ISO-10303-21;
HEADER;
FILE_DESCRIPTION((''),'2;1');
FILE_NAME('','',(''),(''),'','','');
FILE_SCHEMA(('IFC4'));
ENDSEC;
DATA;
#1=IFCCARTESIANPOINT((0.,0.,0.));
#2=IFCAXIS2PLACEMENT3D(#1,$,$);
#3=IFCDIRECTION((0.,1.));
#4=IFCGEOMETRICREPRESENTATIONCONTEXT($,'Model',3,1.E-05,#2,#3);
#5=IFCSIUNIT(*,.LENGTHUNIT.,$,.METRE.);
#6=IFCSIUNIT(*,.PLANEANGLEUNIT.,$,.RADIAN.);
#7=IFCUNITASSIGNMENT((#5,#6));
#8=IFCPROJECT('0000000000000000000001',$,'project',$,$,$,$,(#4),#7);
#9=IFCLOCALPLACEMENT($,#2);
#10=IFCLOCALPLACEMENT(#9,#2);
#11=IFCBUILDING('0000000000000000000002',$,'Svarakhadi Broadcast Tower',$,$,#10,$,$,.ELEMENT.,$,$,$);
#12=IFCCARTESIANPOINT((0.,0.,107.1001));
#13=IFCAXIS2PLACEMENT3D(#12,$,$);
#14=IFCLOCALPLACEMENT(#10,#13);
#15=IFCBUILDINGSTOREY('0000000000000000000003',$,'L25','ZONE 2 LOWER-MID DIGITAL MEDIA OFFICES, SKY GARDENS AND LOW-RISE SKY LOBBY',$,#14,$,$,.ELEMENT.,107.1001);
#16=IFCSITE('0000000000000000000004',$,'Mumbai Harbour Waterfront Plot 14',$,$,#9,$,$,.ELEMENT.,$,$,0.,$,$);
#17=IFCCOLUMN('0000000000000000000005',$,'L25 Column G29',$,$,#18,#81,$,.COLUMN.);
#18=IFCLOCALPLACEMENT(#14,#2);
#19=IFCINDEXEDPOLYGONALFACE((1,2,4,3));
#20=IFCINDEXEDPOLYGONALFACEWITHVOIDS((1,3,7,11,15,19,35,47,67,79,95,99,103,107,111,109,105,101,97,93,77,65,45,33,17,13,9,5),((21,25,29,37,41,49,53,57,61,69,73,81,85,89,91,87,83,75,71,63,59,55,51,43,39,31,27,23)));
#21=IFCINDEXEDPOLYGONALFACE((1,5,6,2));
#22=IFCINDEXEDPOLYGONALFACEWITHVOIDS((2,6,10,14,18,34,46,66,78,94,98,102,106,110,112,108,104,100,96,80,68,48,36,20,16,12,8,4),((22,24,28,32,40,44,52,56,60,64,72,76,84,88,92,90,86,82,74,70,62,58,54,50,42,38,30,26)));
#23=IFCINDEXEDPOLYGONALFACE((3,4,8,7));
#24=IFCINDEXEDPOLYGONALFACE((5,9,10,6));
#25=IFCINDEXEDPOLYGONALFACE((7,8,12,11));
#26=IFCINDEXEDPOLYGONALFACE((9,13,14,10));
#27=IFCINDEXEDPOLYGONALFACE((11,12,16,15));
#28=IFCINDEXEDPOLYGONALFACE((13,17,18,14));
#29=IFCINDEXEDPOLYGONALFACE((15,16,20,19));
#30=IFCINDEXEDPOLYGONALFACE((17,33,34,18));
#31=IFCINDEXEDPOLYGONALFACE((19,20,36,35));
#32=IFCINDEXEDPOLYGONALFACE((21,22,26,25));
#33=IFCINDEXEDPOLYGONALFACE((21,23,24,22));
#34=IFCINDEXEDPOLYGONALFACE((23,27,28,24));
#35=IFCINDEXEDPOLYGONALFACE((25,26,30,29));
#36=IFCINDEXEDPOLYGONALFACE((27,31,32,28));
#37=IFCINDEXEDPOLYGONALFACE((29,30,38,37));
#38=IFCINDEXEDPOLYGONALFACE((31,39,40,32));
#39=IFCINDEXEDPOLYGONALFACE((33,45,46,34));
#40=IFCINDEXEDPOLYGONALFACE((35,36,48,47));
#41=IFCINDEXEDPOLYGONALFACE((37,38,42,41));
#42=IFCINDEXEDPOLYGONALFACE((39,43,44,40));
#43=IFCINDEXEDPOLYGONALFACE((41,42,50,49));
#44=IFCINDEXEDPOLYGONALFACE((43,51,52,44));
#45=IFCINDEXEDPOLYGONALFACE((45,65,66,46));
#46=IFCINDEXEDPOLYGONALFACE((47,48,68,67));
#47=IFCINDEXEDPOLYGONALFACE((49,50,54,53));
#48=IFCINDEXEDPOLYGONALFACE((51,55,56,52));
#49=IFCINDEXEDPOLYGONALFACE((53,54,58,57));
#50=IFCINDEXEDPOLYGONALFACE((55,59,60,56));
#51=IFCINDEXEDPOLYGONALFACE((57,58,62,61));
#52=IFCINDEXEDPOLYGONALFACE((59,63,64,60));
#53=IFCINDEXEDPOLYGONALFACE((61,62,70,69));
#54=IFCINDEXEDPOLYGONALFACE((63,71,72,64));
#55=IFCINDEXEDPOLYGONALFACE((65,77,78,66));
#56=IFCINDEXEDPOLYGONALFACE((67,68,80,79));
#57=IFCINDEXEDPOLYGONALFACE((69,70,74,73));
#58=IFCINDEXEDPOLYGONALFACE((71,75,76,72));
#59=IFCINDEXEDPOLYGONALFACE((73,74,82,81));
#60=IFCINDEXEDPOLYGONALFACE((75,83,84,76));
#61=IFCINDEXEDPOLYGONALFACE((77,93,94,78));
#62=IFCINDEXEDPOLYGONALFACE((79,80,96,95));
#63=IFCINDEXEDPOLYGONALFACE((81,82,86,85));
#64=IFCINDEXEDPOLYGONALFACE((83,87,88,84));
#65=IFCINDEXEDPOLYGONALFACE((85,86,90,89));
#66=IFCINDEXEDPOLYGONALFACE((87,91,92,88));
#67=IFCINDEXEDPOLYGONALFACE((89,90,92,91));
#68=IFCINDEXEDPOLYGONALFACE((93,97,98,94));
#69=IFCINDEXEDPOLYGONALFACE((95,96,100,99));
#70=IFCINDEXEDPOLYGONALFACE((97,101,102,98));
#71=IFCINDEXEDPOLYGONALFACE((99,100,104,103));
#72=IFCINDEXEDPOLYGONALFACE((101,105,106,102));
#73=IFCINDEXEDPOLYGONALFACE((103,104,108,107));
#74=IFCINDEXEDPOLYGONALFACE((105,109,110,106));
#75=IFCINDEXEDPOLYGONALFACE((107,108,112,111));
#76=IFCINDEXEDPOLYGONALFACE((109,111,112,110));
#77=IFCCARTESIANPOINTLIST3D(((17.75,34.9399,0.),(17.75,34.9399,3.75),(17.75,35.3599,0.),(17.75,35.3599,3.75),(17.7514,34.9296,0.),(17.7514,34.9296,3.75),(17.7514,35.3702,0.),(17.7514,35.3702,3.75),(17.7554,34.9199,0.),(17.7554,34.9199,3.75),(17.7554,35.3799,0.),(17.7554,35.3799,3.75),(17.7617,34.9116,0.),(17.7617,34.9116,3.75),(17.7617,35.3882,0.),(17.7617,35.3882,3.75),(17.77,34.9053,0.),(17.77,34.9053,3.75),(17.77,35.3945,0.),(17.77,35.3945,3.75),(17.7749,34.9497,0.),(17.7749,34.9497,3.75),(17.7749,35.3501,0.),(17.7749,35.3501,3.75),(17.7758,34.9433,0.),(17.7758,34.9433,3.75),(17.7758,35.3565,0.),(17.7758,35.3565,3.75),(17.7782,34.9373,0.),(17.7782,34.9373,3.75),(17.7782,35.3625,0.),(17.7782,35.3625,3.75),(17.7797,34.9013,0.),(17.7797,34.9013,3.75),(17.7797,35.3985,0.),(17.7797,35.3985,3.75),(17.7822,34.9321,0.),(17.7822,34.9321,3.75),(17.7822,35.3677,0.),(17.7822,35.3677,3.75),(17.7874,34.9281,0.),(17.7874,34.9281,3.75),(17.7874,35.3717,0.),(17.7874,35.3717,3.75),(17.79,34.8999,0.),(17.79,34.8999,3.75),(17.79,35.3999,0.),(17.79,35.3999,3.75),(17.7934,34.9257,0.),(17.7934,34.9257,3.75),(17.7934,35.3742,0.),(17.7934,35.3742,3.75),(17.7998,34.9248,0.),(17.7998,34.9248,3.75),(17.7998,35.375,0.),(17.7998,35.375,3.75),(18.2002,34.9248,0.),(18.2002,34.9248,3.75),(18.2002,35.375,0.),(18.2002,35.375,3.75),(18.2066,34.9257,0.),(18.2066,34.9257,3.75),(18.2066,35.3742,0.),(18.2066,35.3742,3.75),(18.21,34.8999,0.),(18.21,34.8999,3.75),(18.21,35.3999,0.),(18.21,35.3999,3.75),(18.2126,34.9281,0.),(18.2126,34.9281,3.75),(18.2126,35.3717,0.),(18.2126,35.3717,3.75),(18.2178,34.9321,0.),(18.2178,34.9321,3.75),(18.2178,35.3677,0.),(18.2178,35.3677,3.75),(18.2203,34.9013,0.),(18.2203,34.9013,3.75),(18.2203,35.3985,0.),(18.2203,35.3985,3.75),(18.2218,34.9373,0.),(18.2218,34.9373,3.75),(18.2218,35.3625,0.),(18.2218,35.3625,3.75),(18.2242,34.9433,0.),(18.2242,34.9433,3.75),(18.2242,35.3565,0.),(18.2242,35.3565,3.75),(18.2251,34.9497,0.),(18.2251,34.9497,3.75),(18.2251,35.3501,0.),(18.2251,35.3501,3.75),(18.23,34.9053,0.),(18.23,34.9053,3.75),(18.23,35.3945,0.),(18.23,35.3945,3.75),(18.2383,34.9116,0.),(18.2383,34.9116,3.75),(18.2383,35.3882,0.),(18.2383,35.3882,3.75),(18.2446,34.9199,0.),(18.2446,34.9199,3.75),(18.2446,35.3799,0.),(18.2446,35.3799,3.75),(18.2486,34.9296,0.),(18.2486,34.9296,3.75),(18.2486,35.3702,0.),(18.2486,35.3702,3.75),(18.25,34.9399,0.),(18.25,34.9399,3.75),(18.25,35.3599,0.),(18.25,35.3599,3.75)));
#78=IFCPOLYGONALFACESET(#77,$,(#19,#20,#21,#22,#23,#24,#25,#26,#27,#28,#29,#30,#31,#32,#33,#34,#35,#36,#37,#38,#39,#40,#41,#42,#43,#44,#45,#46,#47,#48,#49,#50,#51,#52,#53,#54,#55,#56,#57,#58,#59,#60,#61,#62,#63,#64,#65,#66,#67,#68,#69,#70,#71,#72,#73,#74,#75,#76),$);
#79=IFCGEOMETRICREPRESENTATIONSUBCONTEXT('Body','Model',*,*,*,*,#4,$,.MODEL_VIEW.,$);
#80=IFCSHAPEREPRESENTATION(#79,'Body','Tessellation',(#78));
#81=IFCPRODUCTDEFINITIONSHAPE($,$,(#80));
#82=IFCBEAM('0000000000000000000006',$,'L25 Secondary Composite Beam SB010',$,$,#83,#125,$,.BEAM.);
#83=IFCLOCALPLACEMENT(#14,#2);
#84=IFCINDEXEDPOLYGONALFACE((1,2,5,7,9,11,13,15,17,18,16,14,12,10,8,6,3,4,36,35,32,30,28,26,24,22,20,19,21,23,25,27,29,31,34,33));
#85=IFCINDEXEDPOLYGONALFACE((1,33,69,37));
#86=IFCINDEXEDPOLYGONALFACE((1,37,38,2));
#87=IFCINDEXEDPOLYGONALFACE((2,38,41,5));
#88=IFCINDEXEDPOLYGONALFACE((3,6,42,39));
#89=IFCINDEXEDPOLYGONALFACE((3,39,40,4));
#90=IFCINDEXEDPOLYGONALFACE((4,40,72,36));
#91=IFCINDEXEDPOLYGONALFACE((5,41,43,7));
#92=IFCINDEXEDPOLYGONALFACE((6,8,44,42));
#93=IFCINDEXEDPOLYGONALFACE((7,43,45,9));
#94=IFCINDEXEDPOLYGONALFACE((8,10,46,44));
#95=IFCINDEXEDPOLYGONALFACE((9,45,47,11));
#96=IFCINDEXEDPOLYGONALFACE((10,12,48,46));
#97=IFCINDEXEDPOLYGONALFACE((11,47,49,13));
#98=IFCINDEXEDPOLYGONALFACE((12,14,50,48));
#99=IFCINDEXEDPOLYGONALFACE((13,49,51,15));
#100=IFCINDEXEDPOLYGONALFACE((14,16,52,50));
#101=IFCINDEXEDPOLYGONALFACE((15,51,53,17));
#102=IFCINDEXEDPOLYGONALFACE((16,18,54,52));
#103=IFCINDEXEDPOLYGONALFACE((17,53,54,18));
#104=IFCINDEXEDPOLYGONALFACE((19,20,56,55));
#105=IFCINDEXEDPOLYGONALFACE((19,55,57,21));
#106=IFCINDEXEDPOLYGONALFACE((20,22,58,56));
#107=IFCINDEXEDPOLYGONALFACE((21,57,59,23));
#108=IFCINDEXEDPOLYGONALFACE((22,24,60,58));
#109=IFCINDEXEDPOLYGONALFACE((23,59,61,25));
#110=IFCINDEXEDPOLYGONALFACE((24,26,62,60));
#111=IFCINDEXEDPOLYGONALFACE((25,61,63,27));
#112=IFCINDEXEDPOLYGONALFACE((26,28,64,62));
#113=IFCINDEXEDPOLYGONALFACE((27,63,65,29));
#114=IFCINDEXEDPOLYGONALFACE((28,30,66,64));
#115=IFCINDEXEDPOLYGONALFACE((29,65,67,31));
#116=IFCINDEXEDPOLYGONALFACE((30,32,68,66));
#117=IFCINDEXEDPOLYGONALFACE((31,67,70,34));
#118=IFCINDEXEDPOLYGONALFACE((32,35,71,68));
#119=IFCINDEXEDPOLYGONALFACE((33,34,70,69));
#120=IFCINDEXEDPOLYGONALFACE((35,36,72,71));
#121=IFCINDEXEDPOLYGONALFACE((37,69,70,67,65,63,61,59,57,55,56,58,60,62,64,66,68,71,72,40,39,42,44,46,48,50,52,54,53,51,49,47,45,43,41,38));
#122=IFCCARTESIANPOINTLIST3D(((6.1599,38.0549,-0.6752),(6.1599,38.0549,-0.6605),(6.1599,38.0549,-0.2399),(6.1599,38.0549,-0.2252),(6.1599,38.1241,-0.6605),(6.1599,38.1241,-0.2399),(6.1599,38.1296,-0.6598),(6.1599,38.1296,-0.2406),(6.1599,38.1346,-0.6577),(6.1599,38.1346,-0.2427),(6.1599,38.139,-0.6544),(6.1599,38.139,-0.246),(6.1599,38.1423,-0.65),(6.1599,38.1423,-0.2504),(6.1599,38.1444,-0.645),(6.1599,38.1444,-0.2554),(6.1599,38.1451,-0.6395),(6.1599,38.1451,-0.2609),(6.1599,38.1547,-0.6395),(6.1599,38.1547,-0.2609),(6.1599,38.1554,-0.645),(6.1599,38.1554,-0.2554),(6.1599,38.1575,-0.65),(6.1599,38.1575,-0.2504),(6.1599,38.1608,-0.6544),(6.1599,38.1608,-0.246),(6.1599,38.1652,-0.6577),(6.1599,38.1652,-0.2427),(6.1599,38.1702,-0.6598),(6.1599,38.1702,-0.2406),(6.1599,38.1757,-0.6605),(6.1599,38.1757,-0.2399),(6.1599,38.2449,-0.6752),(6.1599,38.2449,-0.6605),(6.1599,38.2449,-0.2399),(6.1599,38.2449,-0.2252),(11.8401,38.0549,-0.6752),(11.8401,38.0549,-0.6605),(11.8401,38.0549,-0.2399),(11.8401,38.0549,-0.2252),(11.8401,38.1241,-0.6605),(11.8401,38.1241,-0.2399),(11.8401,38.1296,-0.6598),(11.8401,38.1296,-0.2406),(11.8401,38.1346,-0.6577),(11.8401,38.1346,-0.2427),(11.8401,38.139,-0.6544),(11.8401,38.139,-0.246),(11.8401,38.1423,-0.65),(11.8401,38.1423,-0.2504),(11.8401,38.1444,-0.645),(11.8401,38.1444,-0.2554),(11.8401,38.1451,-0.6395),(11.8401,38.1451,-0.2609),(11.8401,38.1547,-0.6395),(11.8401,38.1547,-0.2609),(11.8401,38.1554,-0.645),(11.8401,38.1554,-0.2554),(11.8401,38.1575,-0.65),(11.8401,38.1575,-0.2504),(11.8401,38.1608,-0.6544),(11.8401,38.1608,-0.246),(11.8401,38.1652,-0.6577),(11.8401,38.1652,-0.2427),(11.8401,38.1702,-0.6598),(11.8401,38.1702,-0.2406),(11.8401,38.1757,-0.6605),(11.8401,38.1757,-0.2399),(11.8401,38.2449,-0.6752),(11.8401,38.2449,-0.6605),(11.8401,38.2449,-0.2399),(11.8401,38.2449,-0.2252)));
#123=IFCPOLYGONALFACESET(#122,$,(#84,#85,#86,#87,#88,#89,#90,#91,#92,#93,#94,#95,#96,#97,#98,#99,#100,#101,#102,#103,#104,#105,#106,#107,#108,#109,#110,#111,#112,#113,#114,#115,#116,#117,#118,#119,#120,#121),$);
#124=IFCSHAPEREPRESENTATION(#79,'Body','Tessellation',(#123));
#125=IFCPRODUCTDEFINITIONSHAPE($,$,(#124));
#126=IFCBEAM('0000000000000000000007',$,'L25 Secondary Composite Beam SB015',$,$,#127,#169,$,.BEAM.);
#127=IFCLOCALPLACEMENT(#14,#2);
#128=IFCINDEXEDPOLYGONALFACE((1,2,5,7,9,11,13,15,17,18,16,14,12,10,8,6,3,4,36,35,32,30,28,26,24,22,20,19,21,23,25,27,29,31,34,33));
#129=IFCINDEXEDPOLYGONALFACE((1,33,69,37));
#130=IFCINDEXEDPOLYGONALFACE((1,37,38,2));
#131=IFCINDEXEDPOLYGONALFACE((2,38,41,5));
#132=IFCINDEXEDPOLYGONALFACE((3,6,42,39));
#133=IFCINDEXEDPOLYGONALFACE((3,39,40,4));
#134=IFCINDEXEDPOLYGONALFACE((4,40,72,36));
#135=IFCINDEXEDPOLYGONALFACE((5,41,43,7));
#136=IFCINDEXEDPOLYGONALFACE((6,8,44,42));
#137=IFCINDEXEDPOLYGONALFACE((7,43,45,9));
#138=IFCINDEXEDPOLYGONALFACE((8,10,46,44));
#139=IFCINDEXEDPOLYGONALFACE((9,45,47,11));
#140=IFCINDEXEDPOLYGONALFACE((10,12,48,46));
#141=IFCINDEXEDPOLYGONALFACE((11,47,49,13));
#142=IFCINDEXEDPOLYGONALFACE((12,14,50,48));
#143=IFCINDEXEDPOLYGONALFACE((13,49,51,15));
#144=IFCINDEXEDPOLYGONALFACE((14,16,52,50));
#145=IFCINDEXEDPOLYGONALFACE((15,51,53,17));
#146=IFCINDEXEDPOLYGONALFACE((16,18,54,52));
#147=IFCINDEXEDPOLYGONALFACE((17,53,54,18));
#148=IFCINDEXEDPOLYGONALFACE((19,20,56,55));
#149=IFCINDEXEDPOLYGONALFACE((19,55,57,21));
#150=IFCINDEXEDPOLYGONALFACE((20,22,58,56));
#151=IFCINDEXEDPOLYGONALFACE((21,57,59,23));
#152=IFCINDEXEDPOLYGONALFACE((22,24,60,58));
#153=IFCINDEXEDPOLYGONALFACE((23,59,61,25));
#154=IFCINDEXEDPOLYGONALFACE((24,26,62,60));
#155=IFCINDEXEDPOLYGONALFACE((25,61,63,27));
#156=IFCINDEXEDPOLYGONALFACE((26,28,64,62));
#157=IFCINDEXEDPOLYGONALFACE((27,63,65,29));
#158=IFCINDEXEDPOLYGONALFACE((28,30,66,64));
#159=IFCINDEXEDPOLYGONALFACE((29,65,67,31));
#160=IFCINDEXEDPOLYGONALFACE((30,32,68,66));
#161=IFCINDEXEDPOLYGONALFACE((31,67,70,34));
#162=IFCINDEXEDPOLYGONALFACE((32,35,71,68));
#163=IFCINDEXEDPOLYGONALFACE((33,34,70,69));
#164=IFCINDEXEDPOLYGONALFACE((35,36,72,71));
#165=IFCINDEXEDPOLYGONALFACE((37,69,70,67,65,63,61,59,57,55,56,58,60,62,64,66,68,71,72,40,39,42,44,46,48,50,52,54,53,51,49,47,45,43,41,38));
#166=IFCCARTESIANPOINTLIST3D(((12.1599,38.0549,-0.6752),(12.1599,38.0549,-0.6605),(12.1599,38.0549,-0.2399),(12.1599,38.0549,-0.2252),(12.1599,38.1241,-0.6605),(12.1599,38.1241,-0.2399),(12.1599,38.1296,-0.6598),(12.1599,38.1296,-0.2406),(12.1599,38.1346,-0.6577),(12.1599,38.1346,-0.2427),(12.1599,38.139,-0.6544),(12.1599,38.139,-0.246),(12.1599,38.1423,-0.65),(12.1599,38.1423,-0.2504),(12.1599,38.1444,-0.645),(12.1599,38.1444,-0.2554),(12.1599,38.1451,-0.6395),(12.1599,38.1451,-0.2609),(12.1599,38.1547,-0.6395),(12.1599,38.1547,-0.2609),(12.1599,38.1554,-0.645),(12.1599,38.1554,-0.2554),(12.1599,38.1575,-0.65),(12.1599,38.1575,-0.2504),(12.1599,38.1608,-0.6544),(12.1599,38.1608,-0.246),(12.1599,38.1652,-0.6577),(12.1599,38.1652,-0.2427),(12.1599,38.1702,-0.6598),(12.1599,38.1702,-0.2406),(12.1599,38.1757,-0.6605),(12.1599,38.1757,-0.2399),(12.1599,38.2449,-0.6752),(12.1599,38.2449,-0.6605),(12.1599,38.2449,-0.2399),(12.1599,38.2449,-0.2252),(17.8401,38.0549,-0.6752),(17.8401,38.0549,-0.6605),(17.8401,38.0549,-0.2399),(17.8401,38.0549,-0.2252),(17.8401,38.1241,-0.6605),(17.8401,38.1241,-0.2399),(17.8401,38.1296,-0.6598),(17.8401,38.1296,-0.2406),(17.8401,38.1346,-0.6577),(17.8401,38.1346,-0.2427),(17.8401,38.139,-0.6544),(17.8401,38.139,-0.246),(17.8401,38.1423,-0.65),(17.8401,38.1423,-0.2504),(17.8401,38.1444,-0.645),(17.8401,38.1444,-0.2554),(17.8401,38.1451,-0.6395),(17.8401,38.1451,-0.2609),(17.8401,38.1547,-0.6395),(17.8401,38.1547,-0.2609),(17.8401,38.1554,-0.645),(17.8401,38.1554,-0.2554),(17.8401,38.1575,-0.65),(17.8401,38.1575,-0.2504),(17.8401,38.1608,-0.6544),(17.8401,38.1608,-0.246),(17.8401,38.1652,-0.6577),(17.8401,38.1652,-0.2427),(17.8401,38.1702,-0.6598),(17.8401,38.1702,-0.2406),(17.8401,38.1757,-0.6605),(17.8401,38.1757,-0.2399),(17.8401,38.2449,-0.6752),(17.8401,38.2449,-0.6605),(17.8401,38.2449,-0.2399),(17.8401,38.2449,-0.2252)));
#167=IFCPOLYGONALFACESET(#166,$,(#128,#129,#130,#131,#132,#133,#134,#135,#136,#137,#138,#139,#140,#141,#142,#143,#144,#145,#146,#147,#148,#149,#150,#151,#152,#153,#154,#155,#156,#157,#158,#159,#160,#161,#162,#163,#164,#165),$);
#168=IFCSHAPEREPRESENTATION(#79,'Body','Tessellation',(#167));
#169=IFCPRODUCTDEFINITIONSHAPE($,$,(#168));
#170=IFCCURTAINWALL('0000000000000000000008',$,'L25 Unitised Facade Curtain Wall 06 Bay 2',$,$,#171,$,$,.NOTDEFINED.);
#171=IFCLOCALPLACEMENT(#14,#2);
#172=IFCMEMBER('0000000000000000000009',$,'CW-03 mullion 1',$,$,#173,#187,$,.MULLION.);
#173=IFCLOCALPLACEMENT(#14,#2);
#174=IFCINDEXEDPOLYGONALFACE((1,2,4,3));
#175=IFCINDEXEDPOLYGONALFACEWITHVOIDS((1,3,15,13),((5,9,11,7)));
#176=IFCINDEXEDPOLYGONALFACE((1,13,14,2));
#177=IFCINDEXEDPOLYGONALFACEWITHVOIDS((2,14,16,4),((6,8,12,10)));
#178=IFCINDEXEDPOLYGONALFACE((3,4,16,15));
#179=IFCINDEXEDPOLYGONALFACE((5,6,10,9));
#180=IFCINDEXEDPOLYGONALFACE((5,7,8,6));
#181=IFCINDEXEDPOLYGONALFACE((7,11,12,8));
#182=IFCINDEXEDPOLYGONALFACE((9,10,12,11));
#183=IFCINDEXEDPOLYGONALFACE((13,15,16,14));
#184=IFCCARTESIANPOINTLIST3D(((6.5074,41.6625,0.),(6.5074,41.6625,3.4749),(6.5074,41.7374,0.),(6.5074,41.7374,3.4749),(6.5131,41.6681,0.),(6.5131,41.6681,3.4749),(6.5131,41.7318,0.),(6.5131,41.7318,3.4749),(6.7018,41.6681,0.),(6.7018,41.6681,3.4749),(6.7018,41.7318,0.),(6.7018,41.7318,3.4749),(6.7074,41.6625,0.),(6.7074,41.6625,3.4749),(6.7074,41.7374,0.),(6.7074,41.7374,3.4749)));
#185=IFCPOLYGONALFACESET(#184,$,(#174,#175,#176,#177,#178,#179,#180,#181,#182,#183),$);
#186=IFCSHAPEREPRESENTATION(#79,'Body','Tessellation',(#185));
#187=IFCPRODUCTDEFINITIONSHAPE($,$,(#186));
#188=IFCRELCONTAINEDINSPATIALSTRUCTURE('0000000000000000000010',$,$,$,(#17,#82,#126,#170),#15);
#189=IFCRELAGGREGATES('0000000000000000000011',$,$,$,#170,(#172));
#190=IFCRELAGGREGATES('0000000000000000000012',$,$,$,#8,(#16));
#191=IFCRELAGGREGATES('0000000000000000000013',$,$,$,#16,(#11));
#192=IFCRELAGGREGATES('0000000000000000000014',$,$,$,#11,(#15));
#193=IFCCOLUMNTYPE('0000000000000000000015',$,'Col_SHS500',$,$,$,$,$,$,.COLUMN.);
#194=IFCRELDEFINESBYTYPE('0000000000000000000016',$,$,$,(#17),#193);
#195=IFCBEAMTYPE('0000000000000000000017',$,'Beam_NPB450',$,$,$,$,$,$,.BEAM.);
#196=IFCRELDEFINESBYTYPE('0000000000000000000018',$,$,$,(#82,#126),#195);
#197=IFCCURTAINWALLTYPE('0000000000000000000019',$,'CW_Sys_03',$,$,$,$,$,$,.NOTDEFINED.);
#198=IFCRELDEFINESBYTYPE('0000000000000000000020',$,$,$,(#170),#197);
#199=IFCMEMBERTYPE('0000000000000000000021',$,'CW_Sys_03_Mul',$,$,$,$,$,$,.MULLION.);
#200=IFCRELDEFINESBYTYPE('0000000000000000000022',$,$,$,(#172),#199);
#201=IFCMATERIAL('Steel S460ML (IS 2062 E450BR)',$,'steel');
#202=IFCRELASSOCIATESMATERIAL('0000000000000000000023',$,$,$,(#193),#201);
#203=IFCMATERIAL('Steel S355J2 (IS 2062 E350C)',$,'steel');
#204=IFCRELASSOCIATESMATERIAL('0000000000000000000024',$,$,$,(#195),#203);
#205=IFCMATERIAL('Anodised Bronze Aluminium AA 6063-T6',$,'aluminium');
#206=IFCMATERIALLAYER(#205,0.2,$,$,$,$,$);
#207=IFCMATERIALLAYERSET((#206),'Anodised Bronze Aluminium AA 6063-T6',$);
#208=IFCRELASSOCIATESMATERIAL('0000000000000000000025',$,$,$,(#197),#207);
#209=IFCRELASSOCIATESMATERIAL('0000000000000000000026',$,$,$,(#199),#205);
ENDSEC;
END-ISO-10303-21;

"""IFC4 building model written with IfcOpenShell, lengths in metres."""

from ifc_helpers import new_model, si_unit, direction, frame, origin, origin_2d, place, context, subcontext, project, spatial, hollow_rectangle, i_section, extrude, material, layer, layer_set, material_profile, profile_set, type_object, element, aggregate, save


model = new_model("IFC4")

# Units and contexts
model_context = context("Model", 3, precision=1e-05, world=origin(), true_north=direction((0.0, 1.0)))
body_context = subcontext(model_context, "Body", "Model", "MODEL_VIEW")
ifc_project = project(units=[si_unit("LENGTHUNIT", "METRE"), si_unit("PLANEANGLEUNIT", "RADIAN")], contexts=[model_context])

# Site, building, storey
site_placement = place(None, origin())
site = spatial("IfcSite", under=ifc_project, at=site_placement, Name="Mumbai Harbour Waterfront Plot 14", CompositionType="ELEMENT", RefElevation=0.0)
building_placement = place(site_placement, origin())
building = spatial("IfcBuilding", under=site, at=building_placement, Name="Svarakhadi Broadcast Tower", CompositionType="ELEMENT")
storey_placement = place(building_placement, frame((0.0, 0.0, 107.1001)))
storey = spatial("IfcBuildingStorey", under=building, at=storey_placement, Name="L25", Description="ZONE 2 LOWER-MID DIGITAL MEDIA OFFICES, SKY GARDENS AND LOW-RISE SKY LOBBY", CompositionType="ELEMENT", Elevation=107.1001)

# Column
ifc_material_1 = material(Name="Steel S460ML (IS 2062 E450BR)", Category="steel")
ifc_material_profile_1 = material_profile(ifc_material_1, hollow_rectangle(XDim=0.5, YDim=0.5, WallThickness=0.0249, InnerFilletRadius=0.0249, OuterFilletRadius=0.04, at=origin_2d()), Name="SHS 500x500x25")
ifc_profile_set_1 = profile_set([ifc_material_profile_1], Name="Steel S460ML (IS 2062 E450BR)")
column_type_1 = type_object("IfcColumnType", Name="Col_SHS500", PredefinedType="COLUMN", material=ifc_profile_set_1)
for number, where, z_axis, x_axis, name in (
    (1, (18.0, 35.1499, 0.0), (0.0, 0.0, 1.0), (1.0, 0.0, 0.0), "L25 Column G29"),
):
    element("IfcColumn", number, at=place(storey_placement, frame(where, z_axis=z_axis, x_axis=x_axis)), inside=storey, type_object=column_type_1, Name=name, PredefinedType="COLUMN", context=body_context, shape_type="SweptSolid", body=[
        extrude(hollow_rectangle(XDim=0.5, YDim=0.5, WallThickness=0.0249, InnerFilletRadius=0.0249, OuterFilletRadius=0.04, at=origin_2d()), origin(), (0.0, 0.0, 1.0), 3.75),
    ])

# Beams
ifc_material_2 = material(Name="Steel S355J2 (IS 2062 E350C)", Category="steel")
ifc_material_profile_2 = material_profile(ifc_material_2, i_section(OverallWidth=0.1899, OverallDepth=0.45, WebThickness=0.0095, FlangeThickness=0.0146, FilletRadius=0.021, at=origin_2d()), Name="NPB 450x190x78")
ifc_profile_set_2 = profile_set([ifc_material_profile_2], Name="Steel S355J2 (IS 2062 E350C)")
beam_type_1 = type_object("IfcBeamType", Name="Beam_NPB450", PredefinedType="BEAM", material=ifc_profile_set_2)
for number, where, z_axis, x_axis, name in (
    (2, (6.1599, 38.1499, -0.4502), (1.0, 0.0, 0.0), (0.0, 1.0, 0.0), "L25 Secondary Composite Beam SB010"),
    (3, (12.1599, 38.1499, -0.4502), (1.0, 0.0, 0.0), (0.0, 1.0, 0.0), "L25 Secondary Composite Beam SB015"),
):
    element("IfcBeam", number, at=place(storey_placement, frame(where, z_axis=z_axis, x_axis=x_axis)), inside=storey, type_object=beam_type_1, Name=name, PredefinedType="BEAM", context=body_context, shape_type="SweptSolid", body=[
        extrude(i_section(OverallWidth=0.1899, OverallDepth=0.45, WebThickness=0.0095, FlangeThickness=0.0146, FilletRadius=0.021, at=origin_2d()), origin(), (0.0, 0.0, 1.0), 5.6802),
    ])

# Curtain wall, member
ifc_material_3 = material(Name="Anodised Bronze Aluminium AA 6063-T6", Category="aluminium")
ifc_layer_1 = layer(ifc_material_3, 0.2)
ifc_layer_set_1 = layer_set([ifc_layer_1], Name="Anodised Bronze Aluminium AA 6063-T6")
curtain_wall_type = type_object("IfcCurtainWallType", Name="CW_Sys_03", PredefinedType="NOTDEFINED", material=ifc_layer_set_1)
curtain_wall_placement = place(storey_placement, origin())
curtain_wall = element("IfcCurtainWall", 4, at=curtain_wall_placement, inside=storey, type_object=curtain_wall_type, Name="L25 Unitised Facade Curtain Wall 06 Bay 2", PredefinedType="NOTDEFINED")
ifc_material_profile_3 = material_profile(ifc_material_3, hollow_rectangle(XDim=0.075, YDim=0.2, WallThickness=0.0056, at=origin_2d()), Name="ALU MULLION 200x75x6")
ifc_profile_set_3 = profile_set([ifc_material_profile_3], Name="Anodised Bronze Aluminium AA 6063-T6")
member_type_1 = type_object("IfcMemberType", Name="CW_Sys_03_Mul", PredefinedType="MULLION", material=ifc_profile_set_3)
member_1_placement = place(storey_placement, frame((6.6074, 41.7, 0.0), z_axis=(0.0, 0.0, 1.0), x_axis=(0.0, 1.0, 0.0)))
member_1 = element("IfcMember", 5, at=member_1_placement, type_object=member_type_1, Name="CW-03 mullion 1", PredefinedType="MULLION", context=body_context, shape_type="SweptSolid", body=[
    extrude(hollow_rectangle(XDim=0.075, YDim=0.2, WallThickness=0.0056, at=origin_2d()), origin(), (0.0, 0.0, 1.0), 3.4749),
])

aggregate(curtain_wall, [member_1])

save(model, "model.ifc")
